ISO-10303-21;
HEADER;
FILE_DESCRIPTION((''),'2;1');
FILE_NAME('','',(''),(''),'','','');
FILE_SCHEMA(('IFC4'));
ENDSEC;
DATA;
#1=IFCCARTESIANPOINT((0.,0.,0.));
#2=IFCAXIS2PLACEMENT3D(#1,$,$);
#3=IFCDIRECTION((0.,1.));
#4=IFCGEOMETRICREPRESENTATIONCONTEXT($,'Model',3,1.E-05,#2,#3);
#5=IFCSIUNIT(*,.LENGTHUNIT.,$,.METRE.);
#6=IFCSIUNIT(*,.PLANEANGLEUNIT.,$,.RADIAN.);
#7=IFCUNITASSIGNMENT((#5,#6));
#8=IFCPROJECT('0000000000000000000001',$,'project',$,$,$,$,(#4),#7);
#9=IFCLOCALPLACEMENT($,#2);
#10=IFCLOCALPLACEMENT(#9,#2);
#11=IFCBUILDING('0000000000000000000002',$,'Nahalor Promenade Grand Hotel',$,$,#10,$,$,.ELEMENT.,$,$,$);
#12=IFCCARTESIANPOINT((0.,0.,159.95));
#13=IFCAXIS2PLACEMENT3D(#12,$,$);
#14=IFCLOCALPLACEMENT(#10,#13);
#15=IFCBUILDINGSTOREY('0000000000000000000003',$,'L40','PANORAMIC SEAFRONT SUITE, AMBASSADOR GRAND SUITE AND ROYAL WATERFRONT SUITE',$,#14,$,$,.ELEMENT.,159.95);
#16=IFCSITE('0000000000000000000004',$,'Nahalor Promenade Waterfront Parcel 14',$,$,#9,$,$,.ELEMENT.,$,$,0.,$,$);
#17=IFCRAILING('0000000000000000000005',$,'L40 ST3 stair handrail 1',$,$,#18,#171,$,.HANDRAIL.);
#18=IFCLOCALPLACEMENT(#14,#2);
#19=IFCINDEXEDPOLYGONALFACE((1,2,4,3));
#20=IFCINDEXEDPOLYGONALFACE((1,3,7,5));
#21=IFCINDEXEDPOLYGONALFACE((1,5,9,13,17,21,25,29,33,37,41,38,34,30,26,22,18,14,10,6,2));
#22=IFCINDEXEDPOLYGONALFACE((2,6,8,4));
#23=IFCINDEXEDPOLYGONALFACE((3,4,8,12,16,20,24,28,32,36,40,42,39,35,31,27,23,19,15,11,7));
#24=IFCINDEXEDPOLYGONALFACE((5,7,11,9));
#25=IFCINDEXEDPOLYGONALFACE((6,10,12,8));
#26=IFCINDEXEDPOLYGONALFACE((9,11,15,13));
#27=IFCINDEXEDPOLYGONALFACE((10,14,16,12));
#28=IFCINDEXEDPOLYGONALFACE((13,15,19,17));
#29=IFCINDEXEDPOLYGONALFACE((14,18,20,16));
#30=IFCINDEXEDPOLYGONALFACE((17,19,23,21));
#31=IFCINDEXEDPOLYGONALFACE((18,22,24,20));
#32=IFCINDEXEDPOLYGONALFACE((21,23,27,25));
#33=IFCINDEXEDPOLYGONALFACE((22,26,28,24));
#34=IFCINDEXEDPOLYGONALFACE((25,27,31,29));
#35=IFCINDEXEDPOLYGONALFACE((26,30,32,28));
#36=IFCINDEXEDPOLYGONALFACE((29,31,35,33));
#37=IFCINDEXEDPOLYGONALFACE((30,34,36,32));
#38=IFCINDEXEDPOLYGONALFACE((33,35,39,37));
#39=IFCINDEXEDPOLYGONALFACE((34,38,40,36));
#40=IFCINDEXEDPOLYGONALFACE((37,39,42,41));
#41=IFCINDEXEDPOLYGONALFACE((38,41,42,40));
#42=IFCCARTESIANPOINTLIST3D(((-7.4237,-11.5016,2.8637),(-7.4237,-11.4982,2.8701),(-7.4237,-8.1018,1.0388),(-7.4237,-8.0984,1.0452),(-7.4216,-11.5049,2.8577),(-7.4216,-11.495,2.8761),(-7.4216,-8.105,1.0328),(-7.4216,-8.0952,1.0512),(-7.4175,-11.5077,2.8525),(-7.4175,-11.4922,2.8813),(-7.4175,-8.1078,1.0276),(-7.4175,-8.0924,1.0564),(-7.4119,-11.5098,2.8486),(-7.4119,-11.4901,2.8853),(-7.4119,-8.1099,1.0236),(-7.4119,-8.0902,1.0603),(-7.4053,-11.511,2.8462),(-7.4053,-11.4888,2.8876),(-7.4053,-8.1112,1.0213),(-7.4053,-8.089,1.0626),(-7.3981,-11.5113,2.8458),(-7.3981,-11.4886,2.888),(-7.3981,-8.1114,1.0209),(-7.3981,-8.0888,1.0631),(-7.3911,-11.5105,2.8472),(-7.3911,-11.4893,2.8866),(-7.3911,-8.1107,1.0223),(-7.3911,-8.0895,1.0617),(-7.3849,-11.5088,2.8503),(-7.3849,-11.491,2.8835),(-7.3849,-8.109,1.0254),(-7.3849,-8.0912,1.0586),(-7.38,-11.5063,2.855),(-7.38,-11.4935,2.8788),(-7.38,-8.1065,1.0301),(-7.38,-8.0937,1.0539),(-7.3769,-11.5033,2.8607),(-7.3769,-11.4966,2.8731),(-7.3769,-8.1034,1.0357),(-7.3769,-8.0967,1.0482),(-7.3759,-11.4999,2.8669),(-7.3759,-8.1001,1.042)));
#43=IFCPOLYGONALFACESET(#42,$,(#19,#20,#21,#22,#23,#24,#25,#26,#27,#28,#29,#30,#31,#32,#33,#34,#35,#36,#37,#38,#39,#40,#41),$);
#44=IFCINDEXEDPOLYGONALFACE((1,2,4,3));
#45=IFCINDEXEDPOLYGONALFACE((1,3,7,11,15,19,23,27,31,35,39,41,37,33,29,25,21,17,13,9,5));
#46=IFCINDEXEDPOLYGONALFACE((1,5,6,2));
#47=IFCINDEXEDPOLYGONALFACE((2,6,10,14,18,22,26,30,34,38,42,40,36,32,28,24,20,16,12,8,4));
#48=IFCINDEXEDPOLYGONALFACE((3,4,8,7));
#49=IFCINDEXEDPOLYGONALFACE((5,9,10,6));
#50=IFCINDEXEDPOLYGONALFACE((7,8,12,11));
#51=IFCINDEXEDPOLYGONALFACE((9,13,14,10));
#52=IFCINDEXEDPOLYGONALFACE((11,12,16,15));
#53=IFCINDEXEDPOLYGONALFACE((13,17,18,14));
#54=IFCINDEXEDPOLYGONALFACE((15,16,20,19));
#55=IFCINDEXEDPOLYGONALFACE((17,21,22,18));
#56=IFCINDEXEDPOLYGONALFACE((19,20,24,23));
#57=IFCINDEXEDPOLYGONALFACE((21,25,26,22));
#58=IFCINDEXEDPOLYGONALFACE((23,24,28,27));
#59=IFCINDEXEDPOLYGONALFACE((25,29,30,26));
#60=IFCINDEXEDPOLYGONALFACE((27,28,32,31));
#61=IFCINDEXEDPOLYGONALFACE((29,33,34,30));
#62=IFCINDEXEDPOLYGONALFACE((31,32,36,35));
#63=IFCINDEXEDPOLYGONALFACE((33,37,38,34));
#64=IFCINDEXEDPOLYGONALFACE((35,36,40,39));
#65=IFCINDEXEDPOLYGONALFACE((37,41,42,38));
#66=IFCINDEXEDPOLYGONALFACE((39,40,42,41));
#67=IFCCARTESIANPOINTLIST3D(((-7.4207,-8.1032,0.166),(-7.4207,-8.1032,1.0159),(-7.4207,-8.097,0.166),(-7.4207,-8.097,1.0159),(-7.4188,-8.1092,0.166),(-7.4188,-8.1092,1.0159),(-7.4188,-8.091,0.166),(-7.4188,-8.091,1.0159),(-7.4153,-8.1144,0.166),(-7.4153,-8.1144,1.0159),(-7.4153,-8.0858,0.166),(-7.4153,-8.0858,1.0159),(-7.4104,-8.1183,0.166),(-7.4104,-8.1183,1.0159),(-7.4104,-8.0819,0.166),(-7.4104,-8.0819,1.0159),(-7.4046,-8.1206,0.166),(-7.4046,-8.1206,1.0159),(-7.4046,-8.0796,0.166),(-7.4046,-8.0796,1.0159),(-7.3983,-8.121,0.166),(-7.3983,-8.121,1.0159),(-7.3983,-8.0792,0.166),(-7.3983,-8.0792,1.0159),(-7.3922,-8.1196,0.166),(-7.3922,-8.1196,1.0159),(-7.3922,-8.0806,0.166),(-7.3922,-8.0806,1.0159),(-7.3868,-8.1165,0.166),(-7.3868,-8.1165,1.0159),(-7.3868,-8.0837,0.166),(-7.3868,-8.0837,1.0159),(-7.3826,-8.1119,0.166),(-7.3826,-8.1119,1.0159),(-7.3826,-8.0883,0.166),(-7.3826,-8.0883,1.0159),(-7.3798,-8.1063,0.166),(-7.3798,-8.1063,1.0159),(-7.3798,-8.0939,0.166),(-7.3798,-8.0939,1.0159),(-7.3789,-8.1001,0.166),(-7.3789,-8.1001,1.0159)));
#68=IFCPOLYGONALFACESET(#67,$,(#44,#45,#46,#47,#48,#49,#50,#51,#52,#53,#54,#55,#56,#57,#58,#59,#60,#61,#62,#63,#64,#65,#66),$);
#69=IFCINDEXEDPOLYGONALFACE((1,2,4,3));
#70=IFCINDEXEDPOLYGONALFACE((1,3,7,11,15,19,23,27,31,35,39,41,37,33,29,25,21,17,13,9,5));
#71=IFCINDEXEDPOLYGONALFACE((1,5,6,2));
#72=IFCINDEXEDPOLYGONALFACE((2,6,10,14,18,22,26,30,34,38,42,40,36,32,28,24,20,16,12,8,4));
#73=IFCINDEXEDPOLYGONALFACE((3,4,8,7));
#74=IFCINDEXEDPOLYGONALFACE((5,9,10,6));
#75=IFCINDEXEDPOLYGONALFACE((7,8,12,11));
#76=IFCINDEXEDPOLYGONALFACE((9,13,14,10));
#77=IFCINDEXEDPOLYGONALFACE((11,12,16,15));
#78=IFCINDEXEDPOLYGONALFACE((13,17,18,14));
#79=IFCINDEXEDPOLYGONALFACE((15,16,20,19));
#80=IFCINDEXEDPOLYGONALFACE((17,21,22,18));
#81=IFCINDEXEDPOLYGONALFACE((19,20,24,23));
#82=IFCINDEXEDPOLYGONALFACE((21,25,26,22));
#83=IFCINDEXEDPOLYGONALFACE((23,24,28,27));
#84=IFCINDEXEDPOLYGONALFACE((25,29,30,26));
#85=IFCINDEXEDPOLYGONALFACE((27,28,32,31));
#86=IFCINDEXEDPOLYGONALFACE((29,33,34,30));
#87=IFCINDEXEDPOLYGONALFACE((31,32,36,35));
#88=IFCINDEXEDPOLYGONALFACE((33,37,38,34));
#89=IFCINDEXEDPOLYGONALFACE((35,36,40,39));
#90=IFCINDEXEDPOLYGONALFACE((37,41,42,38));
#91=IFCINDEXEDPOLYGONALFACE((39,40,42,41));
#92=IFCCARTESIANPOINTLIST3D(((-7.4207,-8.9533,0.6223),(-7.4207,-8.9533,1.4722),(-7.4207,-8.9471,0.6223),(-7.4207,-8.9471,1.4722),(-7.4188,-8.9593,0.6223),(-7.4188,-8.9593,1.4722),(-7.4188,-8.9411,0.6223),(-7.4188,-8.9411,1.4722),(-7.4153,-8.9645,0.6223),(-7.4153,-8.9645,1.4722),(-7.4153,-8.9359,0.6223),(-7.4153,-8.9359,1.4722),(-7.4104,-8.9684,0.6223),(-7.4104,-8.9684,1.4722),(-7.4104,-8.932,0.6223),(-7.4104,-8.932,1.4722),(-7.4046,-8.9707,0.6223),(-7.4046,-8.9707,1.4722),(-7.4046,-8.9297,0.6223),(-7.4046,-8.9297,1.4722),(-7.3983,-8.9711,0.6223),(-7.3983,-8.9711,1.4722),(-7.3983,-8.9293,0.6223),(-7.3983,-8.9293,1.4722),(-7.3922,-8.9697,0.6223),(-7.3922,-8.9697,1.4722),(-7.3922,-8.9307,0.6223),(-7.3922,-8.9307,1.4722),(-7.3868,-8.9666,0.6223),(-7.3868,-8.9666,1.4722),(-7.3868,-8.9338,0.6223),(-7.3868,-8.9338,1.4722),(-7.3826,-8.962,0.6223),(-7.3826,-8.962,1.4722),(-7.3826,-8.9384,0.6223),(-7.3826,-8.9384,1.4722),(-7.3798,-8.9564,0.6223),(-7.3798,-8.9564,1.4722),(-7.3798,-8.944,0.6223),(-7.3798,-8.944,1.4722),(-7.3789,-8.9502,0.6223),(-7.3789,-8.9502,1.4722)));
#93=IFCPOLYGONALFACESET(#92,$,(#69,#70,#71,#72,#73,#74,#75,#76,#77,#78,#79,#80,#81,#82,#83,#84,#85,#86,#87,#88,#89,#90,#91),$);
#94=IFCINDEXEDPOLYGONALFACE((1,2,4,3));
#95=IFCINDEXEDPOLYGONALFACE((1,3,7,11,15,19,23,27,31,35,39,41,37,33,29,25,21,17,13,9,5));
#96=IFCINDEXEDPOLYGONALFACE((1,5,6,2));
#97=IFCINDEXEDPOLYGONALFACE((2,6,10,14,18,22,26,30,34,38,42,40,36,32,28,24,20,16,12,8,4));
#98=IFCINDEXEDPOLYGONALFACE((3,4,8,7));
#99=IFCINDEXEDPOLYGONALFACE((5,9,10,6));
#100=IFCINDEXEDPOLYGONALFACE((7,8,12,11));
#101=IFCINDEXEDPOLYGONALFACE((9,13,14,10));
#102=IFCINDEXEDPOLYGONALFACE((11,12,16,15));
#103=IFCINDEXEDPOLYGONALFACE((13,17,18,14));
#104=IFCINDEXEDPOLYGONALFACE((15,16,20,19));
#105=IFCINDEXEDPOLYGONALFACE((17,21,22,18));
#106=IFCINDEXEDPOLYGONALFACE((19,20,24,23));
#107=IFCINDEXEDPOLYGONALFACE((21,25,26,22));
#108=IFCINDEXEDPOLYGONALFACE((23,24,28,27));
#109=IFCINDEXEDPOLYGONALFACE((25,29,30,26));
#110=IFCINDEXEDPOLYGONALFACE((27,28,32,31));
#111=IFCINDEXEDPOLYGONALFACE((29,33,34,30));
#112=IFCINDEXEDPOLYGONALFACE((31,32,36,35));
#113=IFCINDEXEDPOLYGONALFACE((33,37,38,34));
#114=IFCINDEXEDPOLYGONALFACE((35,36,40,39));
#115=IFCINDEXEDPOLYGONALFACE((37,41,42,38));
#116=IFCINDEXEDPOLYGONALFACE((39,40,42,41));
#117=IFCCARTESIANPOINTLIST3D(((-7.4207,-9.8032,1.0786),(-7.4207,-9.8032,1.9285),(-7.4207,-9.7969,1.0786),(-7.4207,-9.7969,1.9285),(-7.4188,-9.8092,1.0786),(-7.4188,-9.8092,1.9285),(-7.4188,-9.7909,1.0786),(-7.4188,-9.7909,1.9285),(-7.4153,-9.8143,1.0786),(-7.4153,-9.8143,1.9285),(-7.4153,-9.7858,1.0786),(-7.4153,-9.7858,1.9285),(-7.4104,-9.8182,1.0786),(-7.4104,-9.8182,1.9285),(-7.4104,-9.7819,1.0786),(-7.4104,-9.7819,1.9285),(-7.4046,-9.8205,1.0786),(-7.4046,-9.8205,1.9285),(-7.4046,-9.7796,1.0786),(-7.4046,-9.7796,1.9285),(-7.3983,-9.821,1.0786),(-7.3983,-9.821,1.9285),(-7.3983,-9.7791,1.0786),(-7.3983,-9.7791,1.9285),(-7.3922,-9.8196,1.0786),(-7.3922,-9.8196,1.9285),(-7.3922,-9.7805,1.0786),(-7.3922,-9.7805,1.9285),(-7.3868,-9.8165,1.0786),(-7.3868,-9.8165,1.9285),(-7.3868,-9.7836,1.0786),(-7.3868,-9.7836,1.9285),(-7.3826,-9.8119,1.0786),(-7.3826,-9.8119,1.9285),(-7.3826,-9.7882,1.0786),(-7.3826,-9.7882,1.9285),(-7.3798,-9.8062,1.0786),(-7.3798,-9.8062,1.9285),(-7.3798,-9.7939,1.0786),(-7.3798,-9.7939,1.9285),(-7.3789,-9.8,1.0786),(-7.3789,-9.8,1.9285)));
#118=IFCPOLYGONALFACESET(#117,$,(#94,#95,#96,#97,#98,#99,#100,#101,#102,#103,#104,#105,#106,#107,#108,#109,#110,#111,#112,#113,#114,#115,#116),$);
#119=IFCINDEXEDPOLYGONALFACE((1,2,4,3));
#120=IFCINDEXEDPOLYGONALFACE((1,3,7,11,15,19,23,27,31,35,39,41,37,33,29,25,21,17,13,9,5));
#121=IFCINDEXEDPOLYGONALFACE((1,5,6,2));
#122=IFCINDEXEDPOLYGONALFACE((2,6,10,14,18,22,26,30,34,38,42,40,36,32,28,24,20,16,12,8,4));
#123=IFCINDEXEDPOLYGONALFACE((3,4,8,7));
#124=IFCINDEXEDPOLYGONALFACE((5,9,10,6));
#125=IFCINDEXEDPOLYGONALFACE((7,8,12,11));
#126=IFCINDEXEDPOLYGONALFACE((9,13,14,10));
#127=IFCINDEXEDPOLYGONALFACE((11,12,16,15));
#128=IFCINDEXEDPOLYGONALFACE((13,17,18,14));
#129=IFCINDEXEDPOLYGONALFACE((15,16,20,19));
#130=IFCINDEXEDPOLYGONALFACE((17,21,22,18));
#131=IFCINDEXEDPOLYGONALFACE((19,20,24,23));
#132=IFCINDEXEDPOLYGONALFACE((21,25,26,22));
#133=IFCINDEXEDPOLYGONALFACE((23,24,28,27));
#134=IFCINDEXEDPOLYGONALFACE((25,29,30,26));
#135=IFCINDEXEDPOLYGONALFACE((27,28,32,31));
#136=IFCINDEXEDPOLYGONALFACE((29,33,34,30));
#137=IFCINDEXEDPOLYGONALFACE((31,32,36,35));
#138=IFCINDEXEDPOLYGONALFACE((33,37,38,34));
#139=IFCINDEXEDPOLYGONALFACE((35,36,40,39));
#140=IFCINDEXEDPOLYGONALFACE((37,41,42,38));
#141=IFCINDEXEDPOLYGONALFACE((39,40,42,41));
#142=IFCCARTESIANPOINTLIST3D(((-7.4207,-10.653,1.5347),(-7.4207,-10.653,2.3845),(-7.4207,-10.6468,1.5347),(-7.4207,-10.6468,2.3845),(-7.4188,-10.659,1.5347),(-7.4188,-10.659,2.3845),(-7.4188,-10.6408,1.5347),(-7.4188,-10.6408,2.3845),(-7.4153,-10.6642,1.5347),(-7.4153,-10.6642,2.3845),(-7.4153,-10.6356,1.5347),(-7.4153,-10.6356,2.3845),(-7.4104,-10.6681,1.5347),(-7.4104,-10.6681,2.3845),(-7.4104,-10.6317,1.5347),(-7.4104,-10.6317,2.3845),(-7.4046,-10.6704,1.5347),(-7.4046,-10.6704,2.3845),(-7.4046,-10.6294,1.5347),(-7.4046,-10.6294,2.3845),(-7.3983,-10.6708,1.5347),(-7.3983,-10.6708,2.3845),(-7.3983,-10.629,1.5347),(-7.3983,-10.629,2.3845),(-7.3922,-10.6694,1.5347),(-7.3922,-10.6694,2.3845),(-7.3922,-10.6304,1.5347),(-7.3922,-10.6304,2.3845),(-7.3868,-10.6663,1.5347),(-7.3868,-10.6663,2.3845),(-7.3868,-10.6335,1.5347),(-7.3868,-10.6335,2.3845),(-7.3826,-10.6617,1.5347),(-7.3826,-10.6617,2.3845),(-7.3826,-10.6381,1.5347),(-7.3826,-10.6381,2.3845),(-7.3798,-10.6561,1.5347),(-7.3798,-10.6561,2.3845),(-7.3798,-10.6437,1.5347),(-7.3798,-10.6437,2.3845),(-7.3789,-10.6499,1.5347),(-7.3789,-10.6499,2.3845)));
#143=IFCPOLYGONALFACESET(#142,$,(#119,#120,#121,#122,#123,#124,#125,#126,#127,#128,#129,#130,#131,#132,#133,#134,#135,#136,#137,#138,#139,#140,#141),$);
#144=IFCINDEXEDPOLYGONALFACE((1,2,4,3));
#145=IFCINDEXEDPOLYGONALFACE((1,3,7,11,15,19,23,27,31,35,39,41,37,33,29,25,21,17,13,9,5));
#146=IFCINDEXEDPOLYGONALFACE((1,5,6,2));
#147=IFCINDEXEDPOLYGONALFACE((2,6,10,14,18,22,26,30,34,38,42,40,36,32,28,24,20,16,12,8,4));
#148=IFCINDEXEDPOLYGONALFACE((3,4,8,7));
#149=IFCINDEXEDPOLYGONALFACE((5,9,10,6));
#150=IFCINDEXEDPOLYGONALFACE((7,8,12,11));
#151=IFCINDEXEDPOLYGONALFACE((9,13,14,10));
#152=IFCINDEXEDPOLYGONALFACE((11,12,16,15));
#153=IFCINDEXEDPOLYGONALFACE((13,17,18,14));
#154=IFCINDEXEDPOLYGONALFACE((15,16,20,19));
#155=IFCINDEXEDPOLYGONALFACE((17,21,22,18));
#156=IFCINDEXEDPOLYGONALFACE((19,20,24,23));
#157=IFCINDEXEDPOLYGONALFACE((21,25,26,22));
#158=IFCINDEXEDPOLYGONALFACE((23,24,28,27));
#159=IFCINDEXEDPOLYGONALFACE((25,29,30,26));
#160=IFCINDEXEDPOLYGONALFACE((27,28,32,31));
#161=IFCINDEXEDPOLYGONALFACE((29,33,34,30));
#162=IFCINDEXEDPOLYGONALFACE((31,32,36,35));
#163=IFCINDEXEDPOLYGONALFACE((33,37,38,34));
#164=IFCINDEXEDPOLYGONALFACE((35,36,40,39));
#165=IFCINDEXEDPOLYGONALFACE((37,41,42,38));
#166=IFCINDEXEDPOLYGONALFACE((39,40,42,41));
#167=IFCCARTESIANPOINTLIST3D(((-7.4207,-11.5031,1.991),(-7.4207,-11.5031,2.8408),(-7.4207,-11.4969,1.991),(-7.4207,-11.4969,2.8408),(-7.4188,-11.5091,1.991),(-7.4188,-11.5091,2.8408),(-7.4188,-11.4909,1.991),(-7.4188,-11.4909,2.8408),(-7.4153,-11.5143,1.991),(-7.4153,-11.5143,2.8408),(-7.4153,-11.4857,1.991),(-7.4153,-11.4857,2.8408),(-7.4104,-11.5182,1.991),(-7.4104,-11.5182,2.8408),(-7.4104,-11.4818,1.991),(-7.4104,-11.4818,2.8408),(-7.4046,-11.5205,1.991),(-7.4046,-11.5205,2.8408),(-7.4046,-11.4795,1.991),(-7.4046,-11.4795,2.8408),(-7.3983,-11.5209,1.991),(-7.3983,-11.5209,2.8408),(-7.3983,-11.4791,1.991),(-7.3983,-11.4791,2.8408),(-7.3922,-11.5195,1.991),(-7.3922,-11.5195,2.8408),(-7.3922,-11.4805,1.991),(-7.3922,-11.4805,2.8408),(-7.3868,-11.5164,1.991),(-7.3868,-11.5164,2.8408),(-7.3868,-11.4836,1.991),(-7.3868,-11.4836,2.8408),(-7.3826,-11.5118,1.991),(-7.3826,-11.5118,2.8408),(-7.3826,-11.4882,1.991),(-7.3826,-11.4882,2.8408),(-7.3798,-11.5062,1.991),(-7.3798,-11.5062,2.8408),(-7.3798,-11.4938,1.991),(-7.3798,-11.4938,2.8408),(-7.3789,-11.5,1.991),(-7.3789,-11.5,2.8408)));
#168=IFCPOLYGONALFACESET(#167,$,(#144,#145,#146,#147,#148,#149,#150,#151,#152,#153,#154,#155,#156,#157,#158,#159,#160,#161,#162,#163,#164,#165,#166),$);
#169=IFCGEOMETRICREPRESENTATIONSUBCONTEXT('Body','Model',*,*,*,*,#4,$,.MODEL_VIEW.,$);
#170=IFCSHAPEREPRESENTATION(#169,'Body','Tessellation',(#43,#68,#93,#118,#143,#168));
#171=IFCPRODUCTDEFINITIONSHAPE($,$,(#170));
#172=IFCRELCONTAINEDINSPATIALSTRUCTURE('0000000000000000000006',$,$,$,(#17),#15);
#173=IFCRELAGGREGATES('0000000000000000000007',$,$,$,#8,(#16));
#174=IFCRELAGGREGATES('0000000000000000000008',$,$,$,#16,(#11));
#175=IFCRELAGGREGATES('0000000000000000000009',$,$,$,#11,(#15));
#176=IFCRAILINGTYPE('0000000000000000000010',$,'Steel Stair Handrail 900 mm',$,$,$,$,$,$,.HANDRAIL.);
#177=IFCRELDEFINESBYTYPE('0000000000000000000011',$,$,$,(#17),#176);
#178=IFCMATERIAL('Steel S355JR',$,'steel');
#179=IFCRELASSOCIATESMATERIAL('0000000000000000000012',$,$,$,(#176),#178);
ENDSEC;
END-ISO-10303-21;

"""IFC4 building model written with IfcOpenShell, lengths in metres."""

from ifc_helpers import new_model, si_unit, direction, frame, origin, origin_2d, place, context, subcontext, project, spatial, circle, extrude, material, type_object, element, save


model = new_model("IFC4")

# Units and contexts
model_context = context("Model", 3, precision=1e-05, world=origin(), true_north=direction((0.0, 1.0)))
body_context = subcontext(model_context, "Body", "Model", "MODEL_VIEW")
ifc_project = project(units=[si_unit("LENGTHUNIT", "METRE"), si_unit("PLANEANGLEUNIT", "RADIAN")], contexts=[model_context])

# Site, building, storey
site_placement = place(None, origin())
site = spatial("IfcSite", under=ifc_project, at=site_placement, Name="Nahalor Promenade Waterfront Parcel 14", CompositionType="ELEMENT", RefElevation=0.0)
building_placement = place(site_placement, origin())
building = spatial("IfcBuilding", under=site, at=building_placement, Name="Nahalor Promenade Grand Hotel", CompositionType="ELEMENT")
storey_placement = place(building_placement, frame((0.0, 0.0, 159.95)))
storey = spatial("IfcBuildingStorey", under=building, at=storey_placement, Name="L40", Description="PANORAMIC SEAFRONT SUITE, AMBASSADOR GRAND SUITE AND ROYAL WATERFRONT SUITE", CompositionType="ELEMENT", Elevation=159.95)

# Shared definitions
ifc_material_1 = material(Name="Steel S355JR", Category="steel")

# Railing
railing_type_1 = type_object("IfcRailingType", Name="Steel Stair Handrail 900 mm", PredefinedType="HANDRAIL", material=ifc_material_1)
railing_1_placement = place(storey_placement, frame((-7.3999, -8.1001, 0.166)))
element("IfcRailing", 1, at=railing_1_placement, inside=storey, type_object=railing_type_1, Name="L40 ST3 stair handrail 1", PredefinedType="HANDRAIL", context=body_context, shape_type="SweptSolid", body=[
    extrude(circle(Radius=0.024, at=origin_2d()), frame((0.0, 0.0, 0.876), z_axis=(0.0, -0.881094, 0.472941), x_axis=(1.0, 0.0, 0.0)), (0.0, 0.0, 1.0), 3.8586),
    extrude(circle(Radius=0.021, at=origin_2d()), origin(), (0.0, 0.0, 1.0), 0.8499),
    extrude(circle(Radius=0.021, at=origin_2d()), frame((0.0, -0.8501, 0.4563)), (0.0, 0.0, 1.0), 0.8499),
    extrude(circle(Radius=0.021, at=origin_2d()), frame((0.0, -1.7, 0.9126)), (0.0, 0.0, 1.0), 0.8499),
    extrude(circle(Radius=0.021, at=origin_2d()), frame((0.0, -2.5498, 1.3687)), (0.0, 0.0, 1.0), 0.8499),
    extrude(circle(Radius=0.021, at=origin_2d()), frame((0.0, -3.3999, 1.825)), (0.0, 0.0, 1.0), 0.8499),
])

save(model, "model.ifc")
